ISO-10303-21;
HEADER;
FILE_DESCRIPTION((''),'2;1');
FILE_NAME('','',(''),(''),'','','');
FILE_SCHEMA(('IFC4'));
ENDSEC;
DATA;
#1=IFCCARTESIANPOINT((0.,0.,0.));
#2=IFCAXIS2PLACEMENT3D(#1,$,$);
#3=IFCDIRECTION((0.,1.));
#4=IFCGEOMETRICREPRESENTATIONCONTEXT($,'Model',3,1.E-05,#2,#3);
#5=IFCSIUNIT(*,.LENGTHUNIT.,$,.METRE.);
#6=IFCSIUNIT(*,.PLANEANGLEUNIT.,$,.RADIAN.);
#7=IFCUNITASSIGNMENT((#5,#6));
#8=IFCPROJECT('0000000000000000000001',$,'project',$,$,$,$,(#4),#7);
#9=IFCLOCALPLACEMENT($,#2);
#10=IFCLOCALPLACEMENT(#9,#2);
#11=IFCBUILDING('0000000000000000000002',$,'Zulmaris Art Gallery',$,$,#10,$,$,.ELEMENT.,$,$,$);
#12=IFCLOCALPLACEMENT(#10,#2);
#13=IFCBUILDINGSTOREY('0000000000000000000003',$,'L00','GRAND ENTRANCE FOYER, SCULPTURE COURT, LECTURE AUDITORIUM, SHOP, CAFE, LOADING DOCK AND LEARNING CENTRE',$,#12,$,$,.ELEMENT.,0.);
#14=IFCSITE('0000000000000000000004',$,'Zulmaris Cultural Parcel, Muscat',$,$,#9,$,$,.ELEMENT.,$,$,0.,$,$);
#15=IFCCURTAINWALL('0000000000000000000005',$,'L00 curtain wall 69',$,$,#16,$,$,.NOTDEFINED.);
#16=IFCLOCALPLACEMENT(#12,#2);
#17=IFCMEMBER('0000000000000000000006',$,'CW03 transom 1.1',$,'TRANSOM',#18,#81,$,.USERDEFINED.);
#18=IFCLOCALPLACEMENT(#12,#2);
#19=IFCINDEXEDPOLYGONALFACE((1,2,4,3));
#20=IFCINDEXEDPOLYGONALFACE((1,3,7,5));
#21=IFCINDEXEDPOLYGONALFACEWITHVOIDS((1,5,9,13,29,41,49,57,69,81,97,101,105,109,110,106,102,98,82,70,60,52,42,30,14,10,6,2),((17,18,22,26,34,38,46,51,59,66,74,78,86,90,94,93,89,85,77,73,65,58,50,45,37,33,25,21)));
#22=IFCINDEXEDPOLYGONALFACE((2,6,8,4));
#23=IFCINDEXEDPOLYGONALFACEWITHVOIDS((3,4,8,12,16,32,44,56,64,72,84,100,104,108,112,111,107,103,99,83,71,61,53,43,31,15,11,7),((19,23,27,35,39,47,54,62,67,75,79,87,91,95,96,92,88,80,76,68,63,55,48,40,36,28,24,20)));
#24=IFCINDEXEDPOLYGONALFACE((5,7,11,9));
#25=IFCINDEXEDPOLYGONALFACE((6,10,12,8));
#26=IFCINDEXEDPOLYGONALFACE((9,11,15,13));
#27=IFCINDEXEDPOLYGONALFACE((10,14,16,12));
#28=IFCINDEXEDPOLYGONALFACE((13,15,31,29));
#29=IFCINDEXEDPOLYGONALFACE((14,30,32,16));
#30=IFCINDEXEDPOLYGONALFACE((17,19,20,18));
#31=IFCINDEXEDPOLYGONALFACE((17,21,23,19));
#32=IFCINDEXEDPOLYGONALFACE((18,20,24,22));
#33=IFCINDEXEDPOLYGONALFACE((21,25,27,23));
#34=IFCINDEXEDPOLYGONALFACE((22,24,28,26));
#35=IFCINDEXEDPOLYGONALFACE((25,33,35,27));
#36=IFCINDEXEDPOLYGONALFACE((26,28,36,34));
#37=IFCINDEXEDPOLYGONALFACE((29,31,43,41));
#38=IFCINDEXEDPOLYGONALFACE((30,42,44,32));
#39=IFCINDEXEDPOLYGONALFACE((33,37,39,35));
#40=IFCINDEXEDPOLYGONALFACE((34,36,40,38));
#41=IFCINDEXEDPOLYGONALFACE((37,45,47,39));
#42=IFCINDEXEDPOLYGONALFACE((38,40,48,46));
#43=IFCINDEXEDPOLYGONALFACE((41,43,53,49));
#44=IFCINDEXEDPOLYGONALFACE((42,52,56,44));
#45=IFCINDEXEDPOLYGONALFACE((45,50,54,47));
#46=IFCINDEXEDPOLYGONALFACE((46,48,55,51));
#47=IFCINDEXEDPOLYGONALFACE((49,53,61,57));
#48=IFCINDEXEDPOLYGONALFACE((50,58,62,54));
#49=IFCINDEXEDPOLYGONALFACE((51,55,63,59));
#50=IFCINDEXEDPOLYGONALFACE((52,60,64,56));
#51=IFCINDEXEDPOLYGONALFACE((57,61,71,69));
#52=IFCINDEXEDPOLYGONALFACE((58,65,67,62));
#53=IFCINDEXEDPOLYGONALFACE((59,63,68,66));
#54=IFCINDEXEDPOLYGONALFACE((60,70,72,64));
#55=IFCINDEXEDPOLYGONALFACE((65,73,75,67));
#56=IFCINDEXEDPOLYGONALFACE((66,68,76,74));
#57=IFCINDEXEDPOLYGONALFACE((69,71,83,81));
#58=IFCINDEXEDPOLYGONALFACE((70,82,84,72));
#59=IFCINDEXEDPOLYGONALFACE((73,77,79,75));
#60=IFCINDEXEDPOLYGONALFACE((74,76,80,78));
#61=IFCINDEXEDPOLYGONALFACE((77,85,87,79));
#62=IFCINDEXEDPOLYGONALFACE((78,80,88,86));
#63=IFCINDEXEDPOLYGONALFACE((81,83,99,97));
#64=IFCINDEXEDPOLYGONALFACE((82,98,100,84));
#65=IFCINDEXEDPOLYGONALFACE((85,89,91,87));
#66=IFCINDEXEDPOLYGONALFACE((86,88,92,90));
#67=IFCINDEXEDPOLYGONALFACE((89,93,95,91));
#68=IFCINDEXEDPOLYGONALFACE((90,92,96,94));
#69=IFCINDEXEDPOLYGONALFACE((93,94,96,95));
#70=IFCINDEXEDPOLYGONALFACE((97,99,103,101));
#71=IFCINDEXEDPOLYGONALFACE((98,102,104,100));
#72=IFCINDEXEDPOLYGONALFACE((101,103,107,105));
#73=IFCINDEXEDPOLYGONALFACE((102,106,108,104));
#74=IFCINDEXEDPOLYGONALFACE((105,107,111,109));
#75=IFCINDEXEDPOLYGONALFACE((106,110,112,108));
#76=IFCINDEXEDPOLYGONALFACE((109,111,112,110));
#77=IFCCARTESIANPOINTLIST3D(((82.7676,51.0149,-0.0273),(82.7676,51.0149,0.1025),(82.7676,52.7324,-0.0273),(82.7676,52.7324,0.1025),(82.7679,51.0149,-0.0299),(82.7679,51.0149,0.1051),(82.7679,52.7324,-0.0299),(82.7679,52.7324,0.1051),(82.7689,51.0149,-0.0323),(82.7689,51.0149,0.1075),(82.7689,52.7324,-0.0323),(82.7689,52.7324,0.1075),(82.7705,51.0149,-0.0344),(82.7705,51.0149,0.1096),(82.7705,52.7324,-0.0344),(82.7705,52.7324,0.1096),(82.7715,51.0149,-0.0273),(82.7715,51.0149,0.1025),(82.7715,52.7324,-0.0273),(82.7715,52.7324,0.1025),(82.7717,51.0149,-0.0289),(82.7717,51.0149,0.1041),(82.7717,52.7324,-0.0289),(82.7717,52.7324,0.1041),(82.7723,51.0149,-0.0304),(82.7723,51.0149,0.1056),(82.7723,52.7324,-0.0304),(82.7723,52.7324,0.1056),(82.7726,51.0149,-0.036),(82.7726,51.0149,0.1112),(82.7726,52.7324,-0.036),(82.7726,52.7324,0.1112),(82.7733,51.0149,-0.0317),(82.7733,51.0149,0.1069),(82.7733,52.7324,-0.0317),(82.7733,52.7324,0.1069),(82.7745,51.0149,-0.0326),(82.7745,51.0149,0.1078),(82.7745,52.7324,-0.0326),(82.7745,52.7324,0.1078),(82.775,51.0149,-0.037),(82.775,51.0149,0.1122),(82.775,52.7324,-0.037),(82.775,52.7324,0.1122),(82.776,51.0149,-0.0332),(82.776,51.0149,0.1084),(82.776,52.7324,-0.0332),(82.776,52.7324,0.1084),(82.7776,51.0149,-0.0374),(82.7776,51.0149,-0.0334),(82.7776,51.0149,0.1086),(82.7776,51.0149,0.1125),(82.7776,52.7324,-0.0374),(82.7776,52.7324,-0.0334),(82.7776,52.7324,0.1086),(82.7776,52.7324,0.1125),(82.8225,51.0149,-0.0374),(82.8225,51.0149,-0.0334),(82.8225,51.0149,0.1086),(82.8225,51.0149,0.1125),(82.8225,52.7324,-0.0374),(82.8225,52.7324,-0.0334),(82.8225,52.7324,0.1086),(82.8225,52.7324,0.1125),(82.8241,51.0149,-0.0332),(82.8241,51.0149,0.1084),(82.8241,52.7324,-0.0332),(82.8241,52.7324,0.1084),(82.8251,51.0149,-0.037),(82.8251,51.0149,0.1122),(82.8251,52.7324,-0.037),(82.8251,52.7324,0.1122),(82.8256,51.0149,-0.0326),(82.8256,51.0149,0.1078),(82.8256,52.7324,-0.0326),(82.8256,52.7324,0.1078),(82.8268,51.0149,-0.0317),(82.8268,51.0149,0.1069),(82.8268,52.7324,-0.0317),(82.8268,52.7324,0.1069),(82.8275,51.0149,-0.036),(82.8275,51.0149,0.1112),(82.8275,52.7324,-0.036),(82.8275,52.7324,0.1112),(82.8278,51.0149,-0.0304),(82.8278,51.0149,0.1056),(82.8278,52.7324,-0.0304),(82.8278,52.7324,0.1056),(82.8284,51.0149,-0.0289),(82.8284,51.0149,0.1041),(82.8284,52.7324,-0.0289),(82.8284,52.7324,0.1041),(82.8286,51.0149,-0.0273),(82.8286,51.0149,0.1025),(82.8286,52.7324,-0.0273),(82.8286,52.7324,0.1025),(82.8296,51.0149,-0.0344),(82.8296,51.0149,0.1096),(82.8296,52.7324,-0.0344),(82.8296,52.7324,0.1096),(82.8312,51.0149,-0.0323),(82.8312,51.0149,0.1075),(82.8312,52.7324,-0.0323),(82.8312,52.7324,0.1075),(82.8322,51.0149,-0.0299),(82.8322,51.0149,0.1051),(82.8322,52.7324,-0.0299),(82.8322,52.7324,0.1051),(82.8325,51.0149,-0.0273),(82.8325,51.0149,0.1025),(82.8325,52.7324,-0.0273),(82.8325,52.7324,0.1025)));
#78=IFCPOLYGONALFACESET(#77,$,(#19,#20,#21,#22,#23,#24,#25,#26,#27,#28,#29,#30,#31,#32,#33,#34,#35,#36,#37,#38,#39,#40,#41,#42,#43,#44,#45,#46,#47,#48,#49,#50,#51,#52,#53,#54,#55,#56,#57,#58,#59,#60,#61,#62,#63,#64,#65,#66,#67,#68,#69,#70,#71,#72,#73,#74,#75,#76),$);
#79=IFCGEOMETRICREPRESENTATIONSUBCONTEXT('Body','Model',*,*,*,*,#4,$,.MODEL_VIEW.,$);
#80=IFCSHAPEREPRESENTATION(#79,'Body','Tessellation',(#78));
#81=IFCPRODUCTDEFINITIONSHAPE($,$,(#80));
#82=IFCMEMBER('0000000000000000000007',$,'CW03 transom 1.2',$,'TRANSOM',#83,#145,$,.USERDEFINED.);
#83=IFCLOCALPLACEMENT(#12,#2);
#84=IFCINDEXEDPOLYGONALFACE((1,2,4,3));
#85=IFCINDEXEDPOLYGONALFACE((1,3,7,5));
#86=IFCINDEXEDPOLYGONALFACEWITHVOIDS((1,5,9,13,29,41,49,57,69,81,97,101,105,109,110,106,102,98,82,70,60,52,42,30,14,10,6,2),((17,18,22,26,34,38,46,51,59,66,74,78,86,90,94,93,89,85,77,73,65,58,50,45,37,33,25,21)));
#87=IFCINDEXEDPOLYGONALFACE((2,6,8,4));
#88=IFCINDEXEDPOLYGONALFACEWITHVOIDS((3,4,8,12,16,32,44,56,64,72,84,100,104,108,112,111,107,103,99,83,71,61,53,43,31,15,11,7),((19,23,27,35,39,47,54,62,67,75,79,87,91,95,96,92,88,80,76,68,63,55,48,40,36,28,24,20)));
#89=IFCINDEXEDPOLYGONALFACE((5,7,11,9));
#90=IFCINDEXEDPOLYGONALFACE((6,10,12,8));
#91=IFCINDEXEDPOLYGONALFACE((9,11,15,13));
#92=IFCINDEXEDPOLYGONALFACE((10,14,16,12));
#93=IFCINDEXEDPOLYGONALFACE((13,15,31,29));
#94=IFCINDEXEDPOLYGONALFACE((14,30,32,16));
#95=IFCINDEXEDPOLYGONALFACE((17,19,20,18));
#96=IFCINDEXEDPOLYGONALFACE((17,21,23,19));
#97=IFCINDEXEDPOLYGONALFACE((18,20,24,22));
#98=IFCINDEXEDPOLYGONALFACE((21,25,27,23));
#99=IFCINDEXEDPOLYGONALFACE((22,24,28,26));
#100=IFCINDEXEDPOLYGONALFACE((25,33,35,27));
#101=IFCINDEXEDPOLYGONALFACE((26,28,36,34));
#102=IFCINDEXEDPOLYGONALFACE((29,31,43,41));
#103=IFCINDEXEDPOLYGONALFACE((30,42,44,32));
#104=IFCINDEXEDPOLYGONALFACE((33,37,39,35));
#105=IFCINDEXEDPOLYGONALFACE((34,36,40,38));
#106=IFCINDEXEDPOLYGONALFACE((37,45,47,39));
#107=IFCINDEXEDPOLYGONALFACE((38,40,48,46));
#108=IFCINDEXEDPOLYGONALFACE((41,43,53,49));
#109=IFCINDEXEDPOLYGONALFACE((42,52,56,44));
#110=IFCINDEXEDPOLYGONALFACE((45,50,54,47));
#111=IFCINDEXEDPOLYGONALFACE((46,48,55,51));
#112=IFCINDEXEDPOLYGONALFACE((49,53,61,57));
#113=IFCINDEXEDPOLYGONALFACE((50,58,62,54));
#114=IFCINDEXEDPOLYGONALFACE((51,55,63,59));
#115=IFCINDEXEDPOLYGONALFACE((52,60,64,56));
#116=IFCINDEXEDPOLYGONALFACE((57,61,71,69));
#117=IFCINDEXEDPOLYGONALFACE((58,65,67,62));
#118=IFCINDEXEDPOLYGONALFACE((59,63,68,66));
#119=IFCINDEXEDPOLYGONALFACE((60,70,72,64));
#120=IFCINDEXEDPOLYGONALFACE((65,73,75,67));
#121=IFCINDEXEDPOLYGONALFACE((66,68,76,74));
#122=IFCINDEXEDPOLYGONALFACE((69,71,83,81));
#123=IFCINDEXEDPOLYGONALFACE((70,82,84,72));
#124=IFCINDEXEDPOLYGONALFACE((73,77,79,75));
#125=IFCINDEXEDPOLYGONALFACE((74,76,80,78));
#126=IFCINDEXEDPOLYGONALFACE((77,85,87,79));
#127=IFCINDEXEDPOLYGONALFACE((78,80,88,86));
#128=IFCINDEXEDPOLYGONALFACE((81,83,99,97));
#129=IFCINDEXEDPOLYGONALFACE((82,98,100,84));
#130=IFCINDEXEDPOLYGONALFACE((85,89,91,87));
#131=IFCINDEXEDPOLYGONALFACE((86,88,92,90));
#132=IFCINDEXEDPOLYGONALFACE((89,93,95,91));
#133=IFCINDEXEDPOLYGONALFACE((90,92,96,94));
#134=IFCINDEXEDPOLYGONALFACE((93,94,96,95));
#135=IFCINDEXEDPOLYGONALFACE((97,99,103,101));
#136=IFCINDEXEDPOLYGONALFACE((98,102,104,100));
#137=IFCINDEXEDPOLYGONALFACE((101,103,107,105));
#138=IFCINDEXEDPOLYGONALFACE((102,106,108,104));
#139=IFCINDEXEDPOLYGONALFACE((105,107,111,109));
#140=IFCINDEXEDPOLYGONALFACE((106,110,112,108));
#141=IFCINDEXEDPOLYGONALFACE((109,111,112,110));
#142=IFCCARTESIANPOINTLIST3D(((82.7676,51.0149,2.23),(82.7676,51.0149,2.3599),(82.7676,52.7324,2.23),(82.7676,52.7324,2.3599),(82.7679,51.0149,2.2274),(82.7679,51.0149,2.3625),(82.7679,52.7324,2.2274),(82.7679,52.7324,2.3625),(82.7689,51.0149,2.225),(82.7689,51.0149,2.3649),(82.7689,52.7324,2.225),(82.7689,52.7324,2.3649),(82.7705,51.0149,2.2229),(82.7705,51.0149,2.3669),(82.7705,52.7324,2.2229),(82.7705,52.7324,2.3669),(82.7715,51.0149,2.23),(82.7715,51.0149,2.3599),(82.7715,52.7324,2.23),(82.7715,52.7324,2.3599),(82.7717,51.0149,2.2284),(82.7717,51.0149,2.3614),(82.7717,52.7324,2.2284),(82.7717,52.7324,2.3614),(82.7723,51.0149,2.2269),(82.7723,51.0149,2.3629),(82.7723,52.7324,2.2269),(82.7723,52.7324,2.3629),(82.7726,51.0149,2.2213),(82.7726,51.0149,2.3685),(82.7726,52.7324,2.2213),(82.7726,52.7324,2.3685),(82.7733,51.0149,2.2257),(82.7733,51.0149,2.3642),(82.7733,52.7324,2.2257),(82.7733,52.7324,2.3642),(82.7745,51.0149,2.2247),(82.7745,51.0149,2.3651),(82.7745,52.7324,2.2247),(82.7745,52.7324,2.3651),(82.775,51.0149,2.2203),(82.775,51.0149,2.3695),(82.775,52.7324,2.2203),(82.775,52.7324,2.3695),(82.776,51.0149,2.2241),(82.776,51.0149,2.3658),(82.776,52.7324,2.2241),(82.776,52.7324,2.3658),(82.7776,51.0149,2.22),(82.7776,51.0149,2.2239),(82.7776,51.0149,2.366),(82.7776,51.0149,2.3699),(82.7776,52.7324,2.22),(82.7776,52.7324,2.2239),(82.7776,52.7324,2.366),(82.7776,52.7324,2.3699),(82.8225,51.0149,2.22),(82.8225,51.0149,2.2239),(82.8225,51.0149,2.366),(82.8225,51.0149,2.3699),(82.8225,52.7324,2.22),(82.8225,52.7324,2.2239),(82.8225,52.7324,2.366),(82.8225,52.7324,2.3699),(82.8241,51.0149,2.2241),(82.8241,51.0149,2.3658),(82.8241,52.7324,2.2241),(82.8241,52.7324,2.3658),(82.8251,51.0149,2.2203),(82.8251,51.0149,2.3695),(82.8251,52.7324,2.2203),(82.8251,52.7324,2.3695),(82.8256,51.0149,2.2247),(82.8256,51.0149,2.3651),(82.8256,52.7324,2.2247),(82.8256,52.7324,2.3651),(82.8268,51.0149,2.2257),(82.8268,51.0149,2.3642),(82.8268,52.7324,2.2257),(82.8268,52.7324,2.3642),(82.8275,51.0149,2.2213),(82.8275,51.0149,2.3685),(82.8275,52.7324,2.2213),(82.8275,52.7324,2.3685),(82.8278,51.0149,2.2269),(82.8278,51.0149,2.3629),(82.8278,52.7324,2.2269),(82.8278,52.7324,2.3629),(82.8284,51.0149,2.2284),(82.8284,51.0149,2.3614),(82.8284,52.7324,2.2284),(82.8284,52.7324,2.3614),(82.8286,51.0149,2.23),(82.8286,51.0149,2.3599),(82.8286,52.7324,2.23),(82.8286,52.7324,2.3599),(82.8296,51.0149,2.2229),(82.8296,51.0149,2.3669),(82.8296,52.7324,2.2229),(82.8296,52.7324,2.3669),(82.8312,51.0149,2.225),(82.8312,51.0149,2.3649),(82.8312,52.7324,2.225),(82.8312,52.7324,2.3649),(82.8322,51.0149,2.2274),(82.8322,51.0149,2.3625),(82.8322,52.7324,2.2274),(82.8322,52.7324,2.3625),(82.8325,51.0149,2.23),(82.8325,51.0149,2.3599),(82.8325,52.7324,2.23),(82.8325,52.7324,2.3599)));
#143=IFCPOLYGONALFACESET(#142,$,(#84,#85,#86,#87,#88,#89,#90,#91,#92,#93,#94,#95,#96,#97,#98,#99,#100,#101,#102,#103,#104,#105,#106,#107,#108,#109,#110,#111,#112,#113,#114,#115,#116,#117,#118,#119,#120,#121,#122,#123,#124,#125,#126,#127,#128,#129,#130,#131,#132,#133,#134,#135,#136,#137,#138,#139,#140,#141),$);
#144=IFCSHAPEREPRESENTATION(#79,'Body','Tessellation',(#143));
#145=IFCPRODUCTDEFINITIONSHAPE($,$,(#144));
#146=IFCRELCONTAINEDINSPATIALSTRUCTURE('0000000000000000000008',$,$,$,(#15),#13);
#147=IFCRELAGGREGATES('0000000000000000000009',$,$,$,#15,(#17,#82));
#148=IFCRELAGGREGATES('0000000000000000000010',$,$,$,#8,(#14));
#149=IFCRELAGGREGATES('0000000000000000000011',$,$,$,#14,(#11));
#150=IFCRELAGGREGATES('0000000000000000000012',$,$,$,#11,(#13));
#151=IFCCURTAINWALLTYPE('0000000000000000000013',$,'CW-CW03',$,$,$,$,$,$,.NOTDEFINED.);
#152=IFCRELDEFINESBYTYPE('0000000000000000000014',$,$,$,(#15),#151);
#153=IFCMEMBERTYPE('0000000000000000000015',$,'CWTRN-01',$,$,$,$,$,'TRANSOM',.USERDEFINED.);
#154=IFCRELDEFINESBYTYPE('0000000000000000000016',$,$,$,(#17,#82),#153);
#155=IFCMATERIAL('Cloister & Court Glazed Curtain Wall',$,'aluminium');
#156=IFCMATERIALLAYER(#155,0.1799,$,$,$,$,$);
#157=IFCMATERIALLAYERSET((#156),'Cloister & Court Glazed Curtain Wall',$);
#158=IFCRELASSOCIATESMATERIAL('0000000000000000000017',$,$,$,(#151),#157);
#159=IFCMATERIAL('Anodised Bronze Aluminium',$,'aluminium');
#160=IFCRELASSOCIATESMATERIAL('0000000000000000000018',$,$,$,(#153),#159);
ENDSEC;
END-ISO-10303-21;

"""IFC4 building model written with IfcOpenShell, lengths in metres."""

from ifc_helpers import new_model, si_unit, direction, frame, origin, origin_2d, place, context, subcontext, project, spatial, hollow_rectangle, extrude, material, layer, layer_set, material_profile, profile_set, type_object, element, aggregate, save


model = new_model("IFC4")

# Units and contexts
model_context = context("Model", 3, precision=1e-05, world=origin(), true_north=direction((0.0, 1.0)))
body_context = subcontext(model_context, "Body", "Model", "MODEL_VIEW")
ifc_project = project(units=[si_unit("LENGTHUNIT", "METRE"), si_unit("PLANEANGLEUNIT", "RADIAN")], contexts=[model_context])

# Site, building, storey
site_placement = place(None, origin())
site = spatial("IfcSite", under=ifc_project, at=site_placement, Name="Zulmaris Cultural Parcel, Muscat", CompositionType="ELEMENT", RefElevation=0.0)
building_placement = place(site_placement, origin())
building = spatial("IfcBuilding", under=site, at=building_placement, Name="Zulmaris Art Gallery", CompositionType="ELEMENT")
storey_placement = place(building_placement, origin())
storey = spatial("IfcBuildingStorey", under=building, at=storey_placement, Name="L00", Description="GRAND ENTRANCE FOYER, SCULPTURE COURT, LECTURE AUDITORIUM, SHOP, CAFE, LOADING DOCK AND LEARNING CENTRE", CompositionType="ELEMENT", Elevation=0.0)

# Shared definitions
ifc_material_1 = material(Name="Cloister & Court Glazed Curtain Wall", Category="aluminium")
ifc_layer_1 = layer(ifc_material_1, 0.1799)
ifc_layer_set_1 = layer_set([ifc_layer_1], Name="Cloister & Court Glazed Curtain Wall")
curtain_wall_type = type_object("IfcCurtainWallType", Name="CW-CW03", PredefinedType="NOTDEFINED", material=ifc_layer_set_1)
ifc_material_2 = material(Name="Anodised Bronze Aluminium", Category="aluminium")

# Curtain wall, members
curtain_wall_1_placement = place(storey_placement, origin())
curtain_wall_1 = element("IfcCurtainWall", 1, at=curtain_wall_1_placement, inside=storey, type_object=curtain_wall_type, Name="L00 curtain wall 69", PredefinedType="NOTDEFINED")
ifc_material_profile_1 = material_profile(ifc_material_2, hollow_rectangle(XDim=0.0649, YDim=0.1499, WallThickness=0.0039, InnerFilletRadius=0.0061, OuterFilletRadius=0.01, at=origin_2d()), Name="ALU 65x150x4")
ifc_profile_set_1 = profile_set([ifc_material_profile_1], Name="Anodised Bronze Aluminium")
member_type_1 = type_object("IfcMemberType", Name="CWTRN-01", ElementType="TRANSOM", PredefinedType="USERDEFINED", material=ifc_profile_set_1)
member_1_placement = place(storey_placement, frame((82.8, 51.0149, 0.0376), z_axis=(0.0, 1.0, 0.0), x_axis=(-1.0, 0.0, 0.0)))
member_1 = element("IfcMember", 2, at=member_1_placement, type_object=member_type_1, Name="CW03 transom 1.1", ObjectType="TRANSOM", PredefinedType="USERDEFINED", context=body_context, shape_type="SweptSolid", body=[
    extrude(hollow_rectangle(XDim=0.0649, YDim=0.1499, WallThickness=0.0039, InnerFilletRadius=0.0061, OuterFilletRadius=0.01, at=origin_2d()), origin(), (0.0, 0.0, 1.0), 1.7175),
])
member_2_placement = place(storey_placement, frame((82.8, 51.0149, 2.2949), z_axis=(0.0, 1.0, 0.0), x_axis=(-1.0, 0.0, 0.0)))
member_2 = element("IfcMember", 3, at=member_2_placement, type_object=member_type_1, Name="CW03 transom 1.2", ObjectType="TRANSOM", PredefinedType="USERDEFINED", context=body_context, shape_type="SweptSolid", body=[
    extrude(hollow_rectangle(XDim=0.0649, YDim=0.1499, WallThickness=0.0039, InnerFilletRadius=0.0061, OuterFilletRadius=0.01, at=origin_2d()), origin(), (0.0, 0.0, 1.0), 1.7175),
])

aggregate(curtain_wall_1, [member_1, member_2])

save(model, "model.ifc")
